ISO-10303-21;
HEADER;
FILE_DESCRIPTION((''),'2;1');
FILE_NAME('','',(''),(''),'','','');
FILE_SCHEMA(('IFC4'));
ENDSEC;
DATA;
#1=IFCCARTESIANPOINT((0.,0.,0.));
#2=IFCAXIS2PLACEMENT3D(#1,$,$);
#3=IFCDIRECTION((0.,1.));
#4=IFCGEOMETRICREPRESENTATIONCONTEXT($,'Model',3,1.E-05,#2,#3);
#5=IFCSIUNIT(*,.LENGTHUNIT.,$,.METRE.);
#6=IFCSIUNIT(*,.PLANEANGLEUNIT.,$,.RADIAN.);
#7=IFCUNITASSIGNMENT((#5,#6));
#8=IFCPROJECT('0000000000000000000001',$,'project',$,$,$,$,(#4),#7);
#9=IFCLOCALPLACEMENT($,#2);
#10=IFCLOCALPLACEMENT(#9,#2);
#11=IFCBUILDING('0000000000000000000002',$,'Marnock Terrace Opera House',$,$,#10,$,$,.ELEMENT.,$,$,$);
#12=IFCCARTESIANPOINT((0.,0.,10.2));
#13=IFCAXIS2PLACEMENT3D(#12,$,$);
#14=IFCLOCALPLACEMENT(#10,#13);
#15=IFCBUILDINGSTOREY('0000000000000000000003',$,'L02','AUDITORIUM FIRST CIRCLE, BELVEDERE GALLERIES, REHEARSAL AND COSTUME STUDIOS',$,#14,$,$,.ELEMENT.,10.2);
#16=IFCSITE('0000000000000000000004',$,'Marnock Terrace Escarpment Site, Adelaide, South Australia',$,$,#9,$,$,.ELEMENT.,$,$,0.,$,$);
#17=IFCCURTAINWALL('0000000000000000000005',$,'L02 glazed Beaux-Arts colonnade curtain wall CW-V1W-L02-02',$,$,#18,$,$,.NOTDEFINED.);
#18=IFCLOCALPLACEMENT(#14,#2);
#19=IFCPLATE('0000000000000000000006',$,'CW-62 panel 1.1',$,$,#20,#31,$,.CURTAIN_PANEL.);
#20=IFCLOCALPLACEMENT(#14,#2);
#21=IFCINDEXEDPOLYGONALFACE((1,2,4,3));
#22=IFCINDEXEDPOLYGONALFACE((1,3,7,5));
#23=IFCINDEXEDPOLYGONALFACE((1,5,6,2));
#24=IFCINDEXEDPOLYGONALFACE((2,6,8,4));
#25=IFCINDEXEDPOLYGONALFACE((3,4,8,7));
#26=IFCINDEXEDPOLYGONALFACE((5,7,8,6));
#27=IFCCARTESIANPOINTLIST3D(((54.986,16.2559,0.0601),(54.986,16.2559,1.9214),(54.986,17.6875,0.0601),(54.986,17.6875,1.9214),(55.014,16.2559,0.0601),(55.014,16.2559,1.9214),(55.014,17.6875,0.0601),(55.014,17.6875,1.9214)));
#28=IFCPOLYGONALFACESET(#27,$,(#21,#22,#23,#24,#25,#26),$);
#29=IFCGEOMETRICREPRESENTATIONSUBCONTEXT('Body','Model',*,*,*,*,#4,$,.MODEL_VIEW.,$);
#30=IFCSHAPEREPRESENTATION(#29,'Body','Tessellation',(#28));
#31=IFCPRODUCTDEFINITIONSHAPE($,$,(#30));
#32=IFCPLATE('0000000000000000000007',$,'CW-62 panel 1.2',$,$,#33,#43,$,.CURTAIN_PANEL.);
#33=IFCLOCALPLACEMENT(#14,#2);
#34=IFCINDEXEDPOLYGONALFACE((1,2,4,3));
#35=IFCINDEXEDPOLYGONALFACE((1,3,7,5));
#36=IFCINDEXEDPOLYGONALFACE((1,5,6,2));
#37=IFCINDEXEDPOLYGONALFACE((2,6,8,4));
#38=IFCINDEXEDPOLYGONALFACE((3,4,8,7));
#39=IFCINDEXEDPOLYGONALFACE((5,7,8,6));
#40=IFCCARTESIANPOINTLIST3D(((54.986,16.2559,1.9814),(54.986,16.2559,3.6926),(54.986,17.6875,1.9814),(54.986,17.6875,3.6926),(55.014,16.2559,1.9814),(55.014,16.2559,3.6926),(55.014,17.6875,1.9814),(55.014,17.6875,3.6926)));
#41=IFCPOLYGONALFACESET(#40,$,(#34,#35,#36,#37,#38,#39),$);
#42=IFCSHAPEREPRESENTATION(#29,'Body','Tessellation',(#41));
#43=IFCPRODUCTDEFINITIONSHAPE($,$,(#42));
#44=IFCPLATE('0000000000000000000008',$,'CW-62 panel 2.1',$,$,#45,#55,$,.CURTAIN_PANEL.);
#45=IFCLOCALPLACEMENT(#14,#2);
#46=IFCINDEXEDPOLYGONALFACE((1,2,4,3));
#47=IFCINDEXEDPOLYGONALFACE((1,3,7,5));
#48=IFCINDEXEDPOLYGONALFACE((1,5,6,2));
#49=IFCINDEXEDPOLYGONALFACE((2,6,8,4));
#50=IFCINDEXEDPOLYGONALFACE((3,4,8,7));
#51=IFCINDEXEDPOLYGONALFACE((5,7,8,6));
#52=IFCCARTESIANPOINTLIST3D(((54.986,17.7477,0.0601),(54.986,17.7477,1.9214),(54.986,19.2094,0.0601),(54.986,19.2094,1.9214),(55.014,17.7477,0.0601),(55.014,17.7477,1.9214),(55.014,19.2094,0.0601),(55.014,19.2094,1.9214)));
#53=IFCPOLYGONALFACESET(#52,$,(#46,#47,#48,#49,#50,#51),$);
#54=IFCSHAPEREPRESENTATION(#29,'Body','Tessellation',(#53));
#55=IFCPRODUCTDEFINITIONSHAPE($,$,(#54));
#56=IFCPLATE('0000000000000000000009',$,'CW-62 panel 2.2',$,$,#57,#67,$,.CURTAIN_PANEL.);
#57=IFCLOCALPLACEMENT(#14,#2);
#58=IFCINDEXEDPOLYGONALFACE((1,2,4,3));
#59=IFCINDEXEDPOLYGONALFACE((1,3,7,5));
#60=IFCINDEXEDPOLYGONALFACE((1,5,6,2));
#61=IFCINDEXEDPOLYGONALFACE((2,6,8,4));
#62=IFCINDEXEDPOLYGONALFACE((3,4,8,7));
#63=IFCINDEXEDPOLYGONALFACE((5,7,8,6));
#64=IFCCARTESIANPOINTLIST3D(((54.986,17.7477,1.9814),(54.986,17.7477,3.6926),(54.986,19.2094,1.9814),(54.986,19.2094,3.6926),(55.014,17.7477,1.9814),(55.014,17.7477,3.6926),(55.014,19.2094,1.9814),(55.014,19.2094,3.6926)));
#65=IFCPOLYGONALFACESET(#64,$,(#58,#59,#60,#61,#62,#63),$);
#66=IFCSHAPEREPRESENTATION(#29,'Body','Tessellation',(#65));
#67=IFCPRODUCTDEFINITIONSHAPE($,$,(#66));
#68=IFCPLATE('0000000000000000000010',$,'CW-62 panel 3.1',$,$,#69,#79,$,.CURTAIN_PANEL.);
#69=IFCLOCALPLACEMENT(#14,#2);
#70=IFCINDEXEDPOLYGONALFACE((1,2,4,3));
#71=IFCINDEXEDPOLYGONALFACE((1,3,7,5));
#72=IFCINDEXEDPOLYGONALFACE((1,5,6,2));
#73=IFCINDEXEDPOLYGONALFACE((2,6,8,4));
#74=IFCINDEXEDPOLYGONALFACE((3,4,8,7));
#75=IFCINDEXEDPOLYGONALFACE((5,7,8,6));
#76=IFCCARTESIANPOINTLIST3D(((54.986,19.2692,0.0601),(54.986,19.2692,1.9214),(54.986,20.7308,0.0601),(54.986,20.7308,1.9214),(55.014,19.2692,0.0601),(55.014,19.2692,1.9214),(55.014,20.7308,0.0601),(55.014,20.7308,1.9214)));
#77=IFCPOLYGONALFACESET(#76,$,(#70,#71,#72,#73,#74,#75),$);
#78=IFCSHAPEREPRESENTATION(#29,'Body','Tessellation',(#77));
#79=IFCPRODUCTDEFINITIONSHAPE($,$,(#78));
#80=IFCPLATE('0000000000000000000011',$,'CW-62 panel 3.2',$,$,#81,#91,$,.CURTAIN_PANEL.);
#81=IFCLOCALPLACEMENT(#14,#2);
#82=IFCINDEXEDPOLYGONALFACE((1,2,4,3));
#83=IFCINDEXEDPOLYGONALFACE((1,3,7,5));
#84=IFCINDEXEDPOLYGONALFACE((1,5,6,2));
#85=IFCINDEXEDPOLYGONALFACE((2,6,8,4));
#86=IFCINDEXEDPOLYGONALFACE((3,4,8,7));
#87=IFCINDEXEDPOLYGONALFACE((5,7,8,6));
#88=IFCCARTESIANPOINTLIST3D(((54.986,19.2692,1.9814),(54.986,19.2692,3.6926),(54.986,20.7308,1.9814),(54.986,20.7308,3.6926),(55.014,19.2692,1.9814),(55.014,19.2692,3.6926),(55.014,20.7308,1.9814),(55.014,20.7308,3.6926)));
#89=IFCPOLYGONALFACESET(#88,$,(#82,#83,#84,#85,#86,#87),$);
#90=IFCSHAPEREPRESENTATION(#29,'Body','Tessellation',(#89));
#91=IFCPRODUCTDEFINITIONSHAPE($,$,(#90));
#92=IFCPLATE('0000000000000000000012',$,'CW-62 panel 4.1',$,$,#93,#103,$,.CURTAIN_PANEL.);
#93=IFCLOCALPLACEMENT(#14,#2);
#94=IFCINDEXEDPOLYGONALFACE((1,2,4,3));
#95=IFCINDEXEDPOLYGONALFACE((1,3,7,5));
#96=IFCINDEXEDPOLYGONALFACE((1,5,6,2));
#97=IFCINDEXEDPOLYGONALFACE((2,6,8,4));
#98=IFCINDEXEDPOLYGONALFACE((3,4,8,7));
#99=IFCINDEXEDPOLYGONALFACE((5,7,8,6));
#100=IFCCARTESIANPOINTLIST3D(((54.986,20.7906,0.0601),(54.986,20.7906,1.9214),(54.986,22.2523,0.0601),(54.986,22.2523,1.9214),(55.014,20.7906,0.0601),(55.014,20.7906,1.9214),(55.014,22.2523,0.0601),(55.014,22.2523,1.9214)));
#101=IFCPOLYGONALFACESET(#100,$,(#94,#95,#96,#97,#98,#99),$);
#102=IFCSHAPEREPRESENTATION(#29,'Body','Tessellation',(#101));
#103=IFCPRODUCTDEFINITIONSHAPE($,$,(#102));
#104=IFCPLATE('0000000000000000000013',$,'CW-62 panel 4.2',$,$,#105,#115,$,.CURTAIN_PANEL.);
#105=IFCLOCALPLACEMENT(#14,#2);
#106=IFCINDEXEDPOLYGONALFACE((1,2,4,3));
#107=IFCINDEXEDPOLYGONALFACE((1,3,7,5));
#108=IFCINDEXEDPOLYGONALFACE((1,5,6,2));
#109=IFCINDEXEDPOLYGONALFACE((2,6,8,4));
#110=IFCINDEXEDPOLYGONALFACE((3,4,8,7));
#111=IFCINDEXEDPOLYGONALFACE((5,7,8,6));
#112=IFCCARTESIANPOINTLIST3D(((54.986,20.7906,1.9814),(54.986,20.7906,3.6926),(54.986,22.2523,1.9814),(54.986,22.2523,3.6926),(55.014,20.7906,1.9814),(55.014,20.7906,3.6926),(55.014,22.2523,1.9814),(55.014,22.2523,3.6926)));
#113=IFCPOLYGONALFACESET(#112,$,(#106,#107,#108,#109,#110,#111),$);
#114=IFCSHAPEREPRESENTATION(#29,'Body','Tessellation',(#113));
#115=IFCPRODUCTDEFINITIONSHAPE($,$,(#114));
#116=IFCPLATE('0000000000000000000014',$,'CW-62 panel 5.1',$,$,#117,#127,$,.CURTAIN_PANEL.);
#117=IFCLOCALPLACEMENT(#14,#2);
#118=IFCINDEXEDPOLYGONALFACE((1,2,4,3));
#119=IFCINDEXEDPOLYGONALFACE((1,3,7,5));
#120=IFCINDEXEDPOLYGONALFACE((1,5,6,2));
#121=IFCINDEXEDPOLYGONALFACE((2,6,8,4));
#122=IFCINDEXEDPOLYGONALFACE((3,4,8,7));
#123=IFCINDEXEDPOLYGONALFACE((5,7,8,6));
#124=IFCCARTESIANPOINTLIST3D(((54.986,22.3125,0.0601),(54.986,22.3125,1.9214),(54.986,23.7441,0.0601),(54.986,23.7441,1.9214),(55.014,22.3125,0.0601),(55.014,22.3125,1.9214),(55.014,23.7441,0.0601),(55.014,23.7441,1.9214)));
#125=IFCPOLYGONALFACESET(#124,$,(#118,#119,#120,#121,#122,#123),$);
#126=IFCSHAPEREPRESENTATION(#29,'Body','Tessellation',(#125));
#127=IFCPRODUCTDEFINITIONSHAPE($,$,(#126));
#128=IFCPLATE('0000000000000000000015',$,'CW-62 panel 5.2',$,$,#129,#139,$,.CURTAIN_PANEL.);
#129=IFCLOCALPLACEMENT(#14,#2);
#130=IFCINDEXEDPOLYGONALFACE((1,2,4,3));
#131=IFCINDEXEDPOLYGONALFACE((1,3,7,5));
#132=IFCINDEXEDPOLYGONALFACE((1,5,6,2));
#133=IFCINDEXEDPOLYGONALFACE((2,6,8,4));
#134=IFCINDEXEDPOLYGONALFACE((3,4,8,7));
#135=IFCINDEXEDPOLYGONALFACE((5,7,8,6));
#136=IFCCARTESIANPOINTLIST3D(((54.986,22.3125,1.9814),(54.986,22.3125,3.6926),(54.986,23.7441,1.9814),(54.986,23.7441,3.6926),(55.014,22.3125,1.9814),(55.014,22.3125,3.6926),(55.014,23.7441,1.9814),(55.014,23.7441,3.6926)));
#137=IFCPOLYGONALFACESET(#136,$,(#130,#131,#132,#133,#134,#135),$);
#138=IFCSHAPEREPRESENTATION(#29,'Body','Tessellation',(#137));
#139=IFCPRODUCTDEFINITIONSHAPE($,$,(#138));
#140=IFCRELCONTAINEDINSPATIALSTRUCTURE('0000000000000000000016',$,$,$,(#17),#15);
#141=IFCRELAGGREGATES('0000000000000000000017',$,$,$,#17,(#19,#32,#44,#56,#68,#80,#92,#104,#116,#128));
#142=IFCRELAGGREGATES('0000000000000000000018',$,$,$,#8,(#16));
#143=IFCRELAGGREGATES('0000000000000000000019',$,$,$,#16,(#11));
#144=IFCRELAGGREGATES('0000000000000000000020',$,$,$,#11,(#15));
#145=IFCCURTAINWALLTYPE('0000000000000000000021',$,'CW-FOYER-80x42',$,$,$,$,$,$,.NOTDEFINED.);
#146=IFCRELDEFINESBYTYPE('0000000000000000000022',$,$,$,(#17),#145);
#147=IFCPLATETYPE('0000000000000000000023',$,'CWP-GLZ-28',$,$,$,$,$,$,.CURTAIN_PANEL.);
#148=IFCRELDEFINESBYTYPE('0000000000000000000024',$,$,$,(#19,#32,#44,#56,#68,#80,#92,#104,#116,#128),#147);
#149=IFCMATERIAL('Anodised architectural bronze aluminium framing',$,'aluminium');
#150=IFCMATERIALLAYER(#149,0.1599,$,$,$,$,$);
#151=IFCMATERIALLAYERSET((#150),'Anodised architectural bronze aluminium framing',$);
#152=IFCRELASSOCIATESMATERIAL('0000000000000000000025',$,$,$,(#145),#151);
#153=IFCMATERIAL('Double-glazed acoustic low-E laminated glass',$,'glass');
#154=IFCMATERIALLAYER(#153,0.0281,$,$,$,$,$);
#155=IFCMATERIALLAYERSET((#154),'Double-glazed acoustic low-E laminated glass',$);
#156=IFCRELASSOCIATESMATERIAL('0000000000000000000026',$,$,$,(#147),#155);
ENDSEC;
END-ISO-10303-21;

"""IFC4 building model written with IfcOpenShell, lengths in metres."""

from ifc_helpers import new_model, si_unit, direction, frame, origin, origin_2d, place, context, subcontext, project, spatial, rectangle, extrude, material, layer, layer_set, type_object, element, aggregate, save


model = new_model("IFC4")

# Units and contexts
model_context = context("Model", 3, precision=1e-05, world=origin(), true_north=direction((0.0, 1.0)))
body_context = subcontext(model_context, "Body", "Model", "MODEL_VIEW")
ifc_project = project(units=[si_unit("LENGTHUNIT", "METRE"), si_unit("PLANEANGLEUNIT", "RADIAN")], contexts=[model_context])

# Site, building, storey
site_placement = place(None, origin())
site = spatial("IfcSite", under=ifc_project, at=site_placement, Name="Marnock Terrace Escarpment Site, Adelaide, South Australia", CompositionType="ELEMENT", RefElevation=0.0)
building_placement = place(site_placement, origin())
building = spatial("IfcBuilding", under=site, at=building_placement, Name="Marnock Terrace Opera House", CompositionType="ELEMENT")
storey_placement = place(building_placement, frame((0.0, 0.0, 10.2)))
storey = spatial("IfcBuildingStorey", under=building, at=storey_placement, Name="L02", Description="AUDITORIUM FIRST CIRCLE, BELVEDERE GALLERIES, REHEARSAL AND COSTUME STUDIOS", CompositionType="ELEMENT", Elevation=10.2)

# Curtain wall
ifc_material_1 = material(Name="Anodised architectural bronze aluminium framing", Category="aluminium")
ifc_layer_1 = layer(ifc_material_1, 0.1599)
ifc_layer_set_1 = layer_set([ifc_layer_1], Name="Anodised architectural bronze aluminium framing")
curtain_wall_type = type_object("IfcCurtainWallType", Name="CW-FOYER-80x42", PredefinedType="NOTDEFINED", material=ifc_layer_set_1)
curtain_wall_1_placement = place(storey_placement, origin())
curtain_wall_1 = element("IfcCurtainWall", 1, at=curtain_wall_1_placement, inside=storey, type_object=curtain_wall_type, Name="L02 glazed Beaux-Arts colonnade curtain wall CW-V1W-L02-02", PredefinedType="NOTDEFINED")

# Plates
ifc_material_2 = material(Name="Double-glazed acoustic low-E laminated glass", Category="glass")
ifc_layer_2 = layer(ifc_material_2, 0.0281)
ifc_layer_set_2 = layer_set([ifc_layer_2], Name="Double-glazed acoustic low-E laminated glass")
plate_type = type_object("IfcPlateType", Name="CWP-GLZ-28", PredefinedType="CURTAIN_PANEL", material=ifc_layer_set_2)
plate_1_placement = place(storey_placement, frame((55.0, 16.9717, 0.0601), z_axis=(0.0, 0.0, 1.0), x_axis=(0.0, 1.0, 0.0)))
plate_1 = element("IfcPlate", 2, at=plate_1_placement, type_object=plate_type, Name="CW-62 panel 1.1", PredefinedType="CURTAIN_PANEL", context=body_context, shape_type="SweptSolid", body=[
    extrude(rectangle(XDim=1.4316, YDim=0.0281, at=origin_2d()), origin(), (0.0, 0.0, 1.0), 1.8613),
])
plate_2_placement = place(storey_placement, frame((55.0, 16.9717, 1.9814), z_axis=(0.0, 0.0, 1.0), x_axis=(0.0, 1.0, 0.0)))
plate_2 = element("IfcPlate", 3, at=plate_2_placement, type_object=plate_type, Name="CW-62 panel 1.2", PredefinedType="CURTAIN_PANEL", context=body_context, shape_type="SweptSolid", body=[
    extrude(rectangle(XDim=1.4316, YDim=0.0281, at=origin_2d()), origin(), (0.0, 0.0, 1.0), 1.7112),
])
plate_3_placement = place(storey_placement, frame((55.0, 18.4785, 0.0601), z_axis=(0.0, 0.0, 1.0), x_axis=(0.0, 1.0, 0.0)))
plate_3 = element("IfcPlate", 4, at=plate_3_placement, type_object=plate_type, Name="CW-62 panel 2.1", PredefinedType="CURTAIN_PANEL", context=body_context, shape_type="SweptSolid", body=[
    extrude(rectangle(XDim=1.4617, YDim=0.0281, at=origin_2d()), origin(), (0.0, 0.0, 1.0), 1.8613),
])
plate_4_placement = place(storey_placement, frame((55.0, 18.4785, 1.9814), z_axis=(0.0, 0.0, 1.0), x_axis=(0.0, 1.0, 0.0)))
plate_4 = element("IfcPlate", 5, at=plate_4_placement, type_object=plate_type, Name="CW-62 panel 2.2", PredefinedType="CURTAIN_PANEL", context=body_context, shape_type="SweptSolid", body=[
    extrude(rectangle(XDim=1.4617, YDim=0.0281, at=origin_2d()), origin(), (0.0, 0.0, 1.0), 1.7112),
])
plate_5_placement = place(storey_placement, frame((55.0, 20.0, 0.0601), z_axis=(0.0, 0.0, 1.0), x_axis=(0.0, 1.0, 0.0)))
plate_5 = element("IfcPlate", 6, at=plate_5_placement, type_object=plate_type, Name="CW-62 panel 3.1", PredefinedType="CURTAIN_PANEL", context=body_context, shape_type="SweptSolid", body=[
    extrude(rectangle(XDim=1.4617, YDim=0.0281, at=origin_2d()), origin(), (0.0, 0.0, 1.0), 1.8613),
])
plate_6_placement = place(storey_placement, frame((55.0, 20.0, 1.9814), z_axis=(0.0, 0.0, 1.0), x_axis=(0.0, 1.0, 0.0)))
plate_6 = element("IfcPlate", 7, at=plate_6_placement, type_object=plate_type, Name="CW-62 panel 3.2", PredefinedType="CURTAIN_PANEL", context=body_context, shape_type="SweptSolid", body=[
    extrude(rectangle(XDim=1.4617, YDim=0.0281, at=origin_2d()), origin(), (0.0, 0.0, 1.0), 1.7112),
])
plate_7_placement = place(storey_placement, frame((55.0, 21.5215, 0.0601), z_axis=(0.0, 0.0, 1.0), x_axis=(0.0, 1.0, 0.0)))
plate_7 = element("IfcPlate", 8, at=plate_7_placement, type_object=plate_type, Name="CW-62 panel 4.1", PredefinedType="CURTAIN_PANEL", context=body_context, shape_type="SweptSolid", body=[
    extrude(rectangle(XDim=1.4617, YDim=0.0281, at=origin_2d()), origin(), (0.0, 0.0, 1.0), 1.8613),
])
plate_8_placement = place(storey_placement, frame((55.0, 21.5215, 1.9814), z_axis=(0.0, 0.0, 1.0), x_axis=(0.0, 1.0, 0.0)))
plate_8 = element("IfcPlate", 9, at=plate_8_placement, type_object=plate_type, Name="CW-62 panel 4.2", PredefinedType="CURTAIN_PANEL", context=body_context, shape_type="SweptSolid", body=[
    extrude(rectangle(XDim=1.4617, YDim=0.0281, at=origin_2d()), origin(), (0.0, 0.0, 1.0), 1.7112),
])
plate_9_placement = place(storey_placement, frame((55.0, 23.0283, 0.0601), z_axis=(0.0, 0.0, 1.0), x_axis=(0.0, 1.0, 0.0)))
plate_9 = element("IfcPlate", 10, at=plate_9_placement, type_object=plate_type, Name="CW-62 panel 5.1", PredefinedType="CURTAIN_PANEL", context=body_context, shape_type="SweptSolid", body=[
    extrude(rectangle(XDim=1.4316, YDim=0.0281, at=origin_2d()), origin(), (0.0, 0.0, 1.0), 1.8613),
])
plate_10_placement = place(storey_placement, frame((55.0, 23.0283, 1.9814), z_axis=(0.0, 0.0, 1.0), x_axis=(0.0, 1.0, 0.0)))
plate_10 = element("IfcPlate", 11, at=plate_10_placement, type_object=plate_type, Name="CW-62 panel 5.2", PredefinedType="CURTAIN_PANEL", context=body_context, shape_type="SweptSolid", body=[
    extrude(rectangle(XDim=1.4316, YDim=0.0281, at=origin_2d()), origin(), (0.0, 0.0, 1.0), 1.7112),
])
aggregate(curtain_wall_1, [plate_1, plate_2, plate_3, plate_4, plate_5, plate_6, plate_7, plate_8, plate_9, plate_10])

save(model, "model.ifc")
